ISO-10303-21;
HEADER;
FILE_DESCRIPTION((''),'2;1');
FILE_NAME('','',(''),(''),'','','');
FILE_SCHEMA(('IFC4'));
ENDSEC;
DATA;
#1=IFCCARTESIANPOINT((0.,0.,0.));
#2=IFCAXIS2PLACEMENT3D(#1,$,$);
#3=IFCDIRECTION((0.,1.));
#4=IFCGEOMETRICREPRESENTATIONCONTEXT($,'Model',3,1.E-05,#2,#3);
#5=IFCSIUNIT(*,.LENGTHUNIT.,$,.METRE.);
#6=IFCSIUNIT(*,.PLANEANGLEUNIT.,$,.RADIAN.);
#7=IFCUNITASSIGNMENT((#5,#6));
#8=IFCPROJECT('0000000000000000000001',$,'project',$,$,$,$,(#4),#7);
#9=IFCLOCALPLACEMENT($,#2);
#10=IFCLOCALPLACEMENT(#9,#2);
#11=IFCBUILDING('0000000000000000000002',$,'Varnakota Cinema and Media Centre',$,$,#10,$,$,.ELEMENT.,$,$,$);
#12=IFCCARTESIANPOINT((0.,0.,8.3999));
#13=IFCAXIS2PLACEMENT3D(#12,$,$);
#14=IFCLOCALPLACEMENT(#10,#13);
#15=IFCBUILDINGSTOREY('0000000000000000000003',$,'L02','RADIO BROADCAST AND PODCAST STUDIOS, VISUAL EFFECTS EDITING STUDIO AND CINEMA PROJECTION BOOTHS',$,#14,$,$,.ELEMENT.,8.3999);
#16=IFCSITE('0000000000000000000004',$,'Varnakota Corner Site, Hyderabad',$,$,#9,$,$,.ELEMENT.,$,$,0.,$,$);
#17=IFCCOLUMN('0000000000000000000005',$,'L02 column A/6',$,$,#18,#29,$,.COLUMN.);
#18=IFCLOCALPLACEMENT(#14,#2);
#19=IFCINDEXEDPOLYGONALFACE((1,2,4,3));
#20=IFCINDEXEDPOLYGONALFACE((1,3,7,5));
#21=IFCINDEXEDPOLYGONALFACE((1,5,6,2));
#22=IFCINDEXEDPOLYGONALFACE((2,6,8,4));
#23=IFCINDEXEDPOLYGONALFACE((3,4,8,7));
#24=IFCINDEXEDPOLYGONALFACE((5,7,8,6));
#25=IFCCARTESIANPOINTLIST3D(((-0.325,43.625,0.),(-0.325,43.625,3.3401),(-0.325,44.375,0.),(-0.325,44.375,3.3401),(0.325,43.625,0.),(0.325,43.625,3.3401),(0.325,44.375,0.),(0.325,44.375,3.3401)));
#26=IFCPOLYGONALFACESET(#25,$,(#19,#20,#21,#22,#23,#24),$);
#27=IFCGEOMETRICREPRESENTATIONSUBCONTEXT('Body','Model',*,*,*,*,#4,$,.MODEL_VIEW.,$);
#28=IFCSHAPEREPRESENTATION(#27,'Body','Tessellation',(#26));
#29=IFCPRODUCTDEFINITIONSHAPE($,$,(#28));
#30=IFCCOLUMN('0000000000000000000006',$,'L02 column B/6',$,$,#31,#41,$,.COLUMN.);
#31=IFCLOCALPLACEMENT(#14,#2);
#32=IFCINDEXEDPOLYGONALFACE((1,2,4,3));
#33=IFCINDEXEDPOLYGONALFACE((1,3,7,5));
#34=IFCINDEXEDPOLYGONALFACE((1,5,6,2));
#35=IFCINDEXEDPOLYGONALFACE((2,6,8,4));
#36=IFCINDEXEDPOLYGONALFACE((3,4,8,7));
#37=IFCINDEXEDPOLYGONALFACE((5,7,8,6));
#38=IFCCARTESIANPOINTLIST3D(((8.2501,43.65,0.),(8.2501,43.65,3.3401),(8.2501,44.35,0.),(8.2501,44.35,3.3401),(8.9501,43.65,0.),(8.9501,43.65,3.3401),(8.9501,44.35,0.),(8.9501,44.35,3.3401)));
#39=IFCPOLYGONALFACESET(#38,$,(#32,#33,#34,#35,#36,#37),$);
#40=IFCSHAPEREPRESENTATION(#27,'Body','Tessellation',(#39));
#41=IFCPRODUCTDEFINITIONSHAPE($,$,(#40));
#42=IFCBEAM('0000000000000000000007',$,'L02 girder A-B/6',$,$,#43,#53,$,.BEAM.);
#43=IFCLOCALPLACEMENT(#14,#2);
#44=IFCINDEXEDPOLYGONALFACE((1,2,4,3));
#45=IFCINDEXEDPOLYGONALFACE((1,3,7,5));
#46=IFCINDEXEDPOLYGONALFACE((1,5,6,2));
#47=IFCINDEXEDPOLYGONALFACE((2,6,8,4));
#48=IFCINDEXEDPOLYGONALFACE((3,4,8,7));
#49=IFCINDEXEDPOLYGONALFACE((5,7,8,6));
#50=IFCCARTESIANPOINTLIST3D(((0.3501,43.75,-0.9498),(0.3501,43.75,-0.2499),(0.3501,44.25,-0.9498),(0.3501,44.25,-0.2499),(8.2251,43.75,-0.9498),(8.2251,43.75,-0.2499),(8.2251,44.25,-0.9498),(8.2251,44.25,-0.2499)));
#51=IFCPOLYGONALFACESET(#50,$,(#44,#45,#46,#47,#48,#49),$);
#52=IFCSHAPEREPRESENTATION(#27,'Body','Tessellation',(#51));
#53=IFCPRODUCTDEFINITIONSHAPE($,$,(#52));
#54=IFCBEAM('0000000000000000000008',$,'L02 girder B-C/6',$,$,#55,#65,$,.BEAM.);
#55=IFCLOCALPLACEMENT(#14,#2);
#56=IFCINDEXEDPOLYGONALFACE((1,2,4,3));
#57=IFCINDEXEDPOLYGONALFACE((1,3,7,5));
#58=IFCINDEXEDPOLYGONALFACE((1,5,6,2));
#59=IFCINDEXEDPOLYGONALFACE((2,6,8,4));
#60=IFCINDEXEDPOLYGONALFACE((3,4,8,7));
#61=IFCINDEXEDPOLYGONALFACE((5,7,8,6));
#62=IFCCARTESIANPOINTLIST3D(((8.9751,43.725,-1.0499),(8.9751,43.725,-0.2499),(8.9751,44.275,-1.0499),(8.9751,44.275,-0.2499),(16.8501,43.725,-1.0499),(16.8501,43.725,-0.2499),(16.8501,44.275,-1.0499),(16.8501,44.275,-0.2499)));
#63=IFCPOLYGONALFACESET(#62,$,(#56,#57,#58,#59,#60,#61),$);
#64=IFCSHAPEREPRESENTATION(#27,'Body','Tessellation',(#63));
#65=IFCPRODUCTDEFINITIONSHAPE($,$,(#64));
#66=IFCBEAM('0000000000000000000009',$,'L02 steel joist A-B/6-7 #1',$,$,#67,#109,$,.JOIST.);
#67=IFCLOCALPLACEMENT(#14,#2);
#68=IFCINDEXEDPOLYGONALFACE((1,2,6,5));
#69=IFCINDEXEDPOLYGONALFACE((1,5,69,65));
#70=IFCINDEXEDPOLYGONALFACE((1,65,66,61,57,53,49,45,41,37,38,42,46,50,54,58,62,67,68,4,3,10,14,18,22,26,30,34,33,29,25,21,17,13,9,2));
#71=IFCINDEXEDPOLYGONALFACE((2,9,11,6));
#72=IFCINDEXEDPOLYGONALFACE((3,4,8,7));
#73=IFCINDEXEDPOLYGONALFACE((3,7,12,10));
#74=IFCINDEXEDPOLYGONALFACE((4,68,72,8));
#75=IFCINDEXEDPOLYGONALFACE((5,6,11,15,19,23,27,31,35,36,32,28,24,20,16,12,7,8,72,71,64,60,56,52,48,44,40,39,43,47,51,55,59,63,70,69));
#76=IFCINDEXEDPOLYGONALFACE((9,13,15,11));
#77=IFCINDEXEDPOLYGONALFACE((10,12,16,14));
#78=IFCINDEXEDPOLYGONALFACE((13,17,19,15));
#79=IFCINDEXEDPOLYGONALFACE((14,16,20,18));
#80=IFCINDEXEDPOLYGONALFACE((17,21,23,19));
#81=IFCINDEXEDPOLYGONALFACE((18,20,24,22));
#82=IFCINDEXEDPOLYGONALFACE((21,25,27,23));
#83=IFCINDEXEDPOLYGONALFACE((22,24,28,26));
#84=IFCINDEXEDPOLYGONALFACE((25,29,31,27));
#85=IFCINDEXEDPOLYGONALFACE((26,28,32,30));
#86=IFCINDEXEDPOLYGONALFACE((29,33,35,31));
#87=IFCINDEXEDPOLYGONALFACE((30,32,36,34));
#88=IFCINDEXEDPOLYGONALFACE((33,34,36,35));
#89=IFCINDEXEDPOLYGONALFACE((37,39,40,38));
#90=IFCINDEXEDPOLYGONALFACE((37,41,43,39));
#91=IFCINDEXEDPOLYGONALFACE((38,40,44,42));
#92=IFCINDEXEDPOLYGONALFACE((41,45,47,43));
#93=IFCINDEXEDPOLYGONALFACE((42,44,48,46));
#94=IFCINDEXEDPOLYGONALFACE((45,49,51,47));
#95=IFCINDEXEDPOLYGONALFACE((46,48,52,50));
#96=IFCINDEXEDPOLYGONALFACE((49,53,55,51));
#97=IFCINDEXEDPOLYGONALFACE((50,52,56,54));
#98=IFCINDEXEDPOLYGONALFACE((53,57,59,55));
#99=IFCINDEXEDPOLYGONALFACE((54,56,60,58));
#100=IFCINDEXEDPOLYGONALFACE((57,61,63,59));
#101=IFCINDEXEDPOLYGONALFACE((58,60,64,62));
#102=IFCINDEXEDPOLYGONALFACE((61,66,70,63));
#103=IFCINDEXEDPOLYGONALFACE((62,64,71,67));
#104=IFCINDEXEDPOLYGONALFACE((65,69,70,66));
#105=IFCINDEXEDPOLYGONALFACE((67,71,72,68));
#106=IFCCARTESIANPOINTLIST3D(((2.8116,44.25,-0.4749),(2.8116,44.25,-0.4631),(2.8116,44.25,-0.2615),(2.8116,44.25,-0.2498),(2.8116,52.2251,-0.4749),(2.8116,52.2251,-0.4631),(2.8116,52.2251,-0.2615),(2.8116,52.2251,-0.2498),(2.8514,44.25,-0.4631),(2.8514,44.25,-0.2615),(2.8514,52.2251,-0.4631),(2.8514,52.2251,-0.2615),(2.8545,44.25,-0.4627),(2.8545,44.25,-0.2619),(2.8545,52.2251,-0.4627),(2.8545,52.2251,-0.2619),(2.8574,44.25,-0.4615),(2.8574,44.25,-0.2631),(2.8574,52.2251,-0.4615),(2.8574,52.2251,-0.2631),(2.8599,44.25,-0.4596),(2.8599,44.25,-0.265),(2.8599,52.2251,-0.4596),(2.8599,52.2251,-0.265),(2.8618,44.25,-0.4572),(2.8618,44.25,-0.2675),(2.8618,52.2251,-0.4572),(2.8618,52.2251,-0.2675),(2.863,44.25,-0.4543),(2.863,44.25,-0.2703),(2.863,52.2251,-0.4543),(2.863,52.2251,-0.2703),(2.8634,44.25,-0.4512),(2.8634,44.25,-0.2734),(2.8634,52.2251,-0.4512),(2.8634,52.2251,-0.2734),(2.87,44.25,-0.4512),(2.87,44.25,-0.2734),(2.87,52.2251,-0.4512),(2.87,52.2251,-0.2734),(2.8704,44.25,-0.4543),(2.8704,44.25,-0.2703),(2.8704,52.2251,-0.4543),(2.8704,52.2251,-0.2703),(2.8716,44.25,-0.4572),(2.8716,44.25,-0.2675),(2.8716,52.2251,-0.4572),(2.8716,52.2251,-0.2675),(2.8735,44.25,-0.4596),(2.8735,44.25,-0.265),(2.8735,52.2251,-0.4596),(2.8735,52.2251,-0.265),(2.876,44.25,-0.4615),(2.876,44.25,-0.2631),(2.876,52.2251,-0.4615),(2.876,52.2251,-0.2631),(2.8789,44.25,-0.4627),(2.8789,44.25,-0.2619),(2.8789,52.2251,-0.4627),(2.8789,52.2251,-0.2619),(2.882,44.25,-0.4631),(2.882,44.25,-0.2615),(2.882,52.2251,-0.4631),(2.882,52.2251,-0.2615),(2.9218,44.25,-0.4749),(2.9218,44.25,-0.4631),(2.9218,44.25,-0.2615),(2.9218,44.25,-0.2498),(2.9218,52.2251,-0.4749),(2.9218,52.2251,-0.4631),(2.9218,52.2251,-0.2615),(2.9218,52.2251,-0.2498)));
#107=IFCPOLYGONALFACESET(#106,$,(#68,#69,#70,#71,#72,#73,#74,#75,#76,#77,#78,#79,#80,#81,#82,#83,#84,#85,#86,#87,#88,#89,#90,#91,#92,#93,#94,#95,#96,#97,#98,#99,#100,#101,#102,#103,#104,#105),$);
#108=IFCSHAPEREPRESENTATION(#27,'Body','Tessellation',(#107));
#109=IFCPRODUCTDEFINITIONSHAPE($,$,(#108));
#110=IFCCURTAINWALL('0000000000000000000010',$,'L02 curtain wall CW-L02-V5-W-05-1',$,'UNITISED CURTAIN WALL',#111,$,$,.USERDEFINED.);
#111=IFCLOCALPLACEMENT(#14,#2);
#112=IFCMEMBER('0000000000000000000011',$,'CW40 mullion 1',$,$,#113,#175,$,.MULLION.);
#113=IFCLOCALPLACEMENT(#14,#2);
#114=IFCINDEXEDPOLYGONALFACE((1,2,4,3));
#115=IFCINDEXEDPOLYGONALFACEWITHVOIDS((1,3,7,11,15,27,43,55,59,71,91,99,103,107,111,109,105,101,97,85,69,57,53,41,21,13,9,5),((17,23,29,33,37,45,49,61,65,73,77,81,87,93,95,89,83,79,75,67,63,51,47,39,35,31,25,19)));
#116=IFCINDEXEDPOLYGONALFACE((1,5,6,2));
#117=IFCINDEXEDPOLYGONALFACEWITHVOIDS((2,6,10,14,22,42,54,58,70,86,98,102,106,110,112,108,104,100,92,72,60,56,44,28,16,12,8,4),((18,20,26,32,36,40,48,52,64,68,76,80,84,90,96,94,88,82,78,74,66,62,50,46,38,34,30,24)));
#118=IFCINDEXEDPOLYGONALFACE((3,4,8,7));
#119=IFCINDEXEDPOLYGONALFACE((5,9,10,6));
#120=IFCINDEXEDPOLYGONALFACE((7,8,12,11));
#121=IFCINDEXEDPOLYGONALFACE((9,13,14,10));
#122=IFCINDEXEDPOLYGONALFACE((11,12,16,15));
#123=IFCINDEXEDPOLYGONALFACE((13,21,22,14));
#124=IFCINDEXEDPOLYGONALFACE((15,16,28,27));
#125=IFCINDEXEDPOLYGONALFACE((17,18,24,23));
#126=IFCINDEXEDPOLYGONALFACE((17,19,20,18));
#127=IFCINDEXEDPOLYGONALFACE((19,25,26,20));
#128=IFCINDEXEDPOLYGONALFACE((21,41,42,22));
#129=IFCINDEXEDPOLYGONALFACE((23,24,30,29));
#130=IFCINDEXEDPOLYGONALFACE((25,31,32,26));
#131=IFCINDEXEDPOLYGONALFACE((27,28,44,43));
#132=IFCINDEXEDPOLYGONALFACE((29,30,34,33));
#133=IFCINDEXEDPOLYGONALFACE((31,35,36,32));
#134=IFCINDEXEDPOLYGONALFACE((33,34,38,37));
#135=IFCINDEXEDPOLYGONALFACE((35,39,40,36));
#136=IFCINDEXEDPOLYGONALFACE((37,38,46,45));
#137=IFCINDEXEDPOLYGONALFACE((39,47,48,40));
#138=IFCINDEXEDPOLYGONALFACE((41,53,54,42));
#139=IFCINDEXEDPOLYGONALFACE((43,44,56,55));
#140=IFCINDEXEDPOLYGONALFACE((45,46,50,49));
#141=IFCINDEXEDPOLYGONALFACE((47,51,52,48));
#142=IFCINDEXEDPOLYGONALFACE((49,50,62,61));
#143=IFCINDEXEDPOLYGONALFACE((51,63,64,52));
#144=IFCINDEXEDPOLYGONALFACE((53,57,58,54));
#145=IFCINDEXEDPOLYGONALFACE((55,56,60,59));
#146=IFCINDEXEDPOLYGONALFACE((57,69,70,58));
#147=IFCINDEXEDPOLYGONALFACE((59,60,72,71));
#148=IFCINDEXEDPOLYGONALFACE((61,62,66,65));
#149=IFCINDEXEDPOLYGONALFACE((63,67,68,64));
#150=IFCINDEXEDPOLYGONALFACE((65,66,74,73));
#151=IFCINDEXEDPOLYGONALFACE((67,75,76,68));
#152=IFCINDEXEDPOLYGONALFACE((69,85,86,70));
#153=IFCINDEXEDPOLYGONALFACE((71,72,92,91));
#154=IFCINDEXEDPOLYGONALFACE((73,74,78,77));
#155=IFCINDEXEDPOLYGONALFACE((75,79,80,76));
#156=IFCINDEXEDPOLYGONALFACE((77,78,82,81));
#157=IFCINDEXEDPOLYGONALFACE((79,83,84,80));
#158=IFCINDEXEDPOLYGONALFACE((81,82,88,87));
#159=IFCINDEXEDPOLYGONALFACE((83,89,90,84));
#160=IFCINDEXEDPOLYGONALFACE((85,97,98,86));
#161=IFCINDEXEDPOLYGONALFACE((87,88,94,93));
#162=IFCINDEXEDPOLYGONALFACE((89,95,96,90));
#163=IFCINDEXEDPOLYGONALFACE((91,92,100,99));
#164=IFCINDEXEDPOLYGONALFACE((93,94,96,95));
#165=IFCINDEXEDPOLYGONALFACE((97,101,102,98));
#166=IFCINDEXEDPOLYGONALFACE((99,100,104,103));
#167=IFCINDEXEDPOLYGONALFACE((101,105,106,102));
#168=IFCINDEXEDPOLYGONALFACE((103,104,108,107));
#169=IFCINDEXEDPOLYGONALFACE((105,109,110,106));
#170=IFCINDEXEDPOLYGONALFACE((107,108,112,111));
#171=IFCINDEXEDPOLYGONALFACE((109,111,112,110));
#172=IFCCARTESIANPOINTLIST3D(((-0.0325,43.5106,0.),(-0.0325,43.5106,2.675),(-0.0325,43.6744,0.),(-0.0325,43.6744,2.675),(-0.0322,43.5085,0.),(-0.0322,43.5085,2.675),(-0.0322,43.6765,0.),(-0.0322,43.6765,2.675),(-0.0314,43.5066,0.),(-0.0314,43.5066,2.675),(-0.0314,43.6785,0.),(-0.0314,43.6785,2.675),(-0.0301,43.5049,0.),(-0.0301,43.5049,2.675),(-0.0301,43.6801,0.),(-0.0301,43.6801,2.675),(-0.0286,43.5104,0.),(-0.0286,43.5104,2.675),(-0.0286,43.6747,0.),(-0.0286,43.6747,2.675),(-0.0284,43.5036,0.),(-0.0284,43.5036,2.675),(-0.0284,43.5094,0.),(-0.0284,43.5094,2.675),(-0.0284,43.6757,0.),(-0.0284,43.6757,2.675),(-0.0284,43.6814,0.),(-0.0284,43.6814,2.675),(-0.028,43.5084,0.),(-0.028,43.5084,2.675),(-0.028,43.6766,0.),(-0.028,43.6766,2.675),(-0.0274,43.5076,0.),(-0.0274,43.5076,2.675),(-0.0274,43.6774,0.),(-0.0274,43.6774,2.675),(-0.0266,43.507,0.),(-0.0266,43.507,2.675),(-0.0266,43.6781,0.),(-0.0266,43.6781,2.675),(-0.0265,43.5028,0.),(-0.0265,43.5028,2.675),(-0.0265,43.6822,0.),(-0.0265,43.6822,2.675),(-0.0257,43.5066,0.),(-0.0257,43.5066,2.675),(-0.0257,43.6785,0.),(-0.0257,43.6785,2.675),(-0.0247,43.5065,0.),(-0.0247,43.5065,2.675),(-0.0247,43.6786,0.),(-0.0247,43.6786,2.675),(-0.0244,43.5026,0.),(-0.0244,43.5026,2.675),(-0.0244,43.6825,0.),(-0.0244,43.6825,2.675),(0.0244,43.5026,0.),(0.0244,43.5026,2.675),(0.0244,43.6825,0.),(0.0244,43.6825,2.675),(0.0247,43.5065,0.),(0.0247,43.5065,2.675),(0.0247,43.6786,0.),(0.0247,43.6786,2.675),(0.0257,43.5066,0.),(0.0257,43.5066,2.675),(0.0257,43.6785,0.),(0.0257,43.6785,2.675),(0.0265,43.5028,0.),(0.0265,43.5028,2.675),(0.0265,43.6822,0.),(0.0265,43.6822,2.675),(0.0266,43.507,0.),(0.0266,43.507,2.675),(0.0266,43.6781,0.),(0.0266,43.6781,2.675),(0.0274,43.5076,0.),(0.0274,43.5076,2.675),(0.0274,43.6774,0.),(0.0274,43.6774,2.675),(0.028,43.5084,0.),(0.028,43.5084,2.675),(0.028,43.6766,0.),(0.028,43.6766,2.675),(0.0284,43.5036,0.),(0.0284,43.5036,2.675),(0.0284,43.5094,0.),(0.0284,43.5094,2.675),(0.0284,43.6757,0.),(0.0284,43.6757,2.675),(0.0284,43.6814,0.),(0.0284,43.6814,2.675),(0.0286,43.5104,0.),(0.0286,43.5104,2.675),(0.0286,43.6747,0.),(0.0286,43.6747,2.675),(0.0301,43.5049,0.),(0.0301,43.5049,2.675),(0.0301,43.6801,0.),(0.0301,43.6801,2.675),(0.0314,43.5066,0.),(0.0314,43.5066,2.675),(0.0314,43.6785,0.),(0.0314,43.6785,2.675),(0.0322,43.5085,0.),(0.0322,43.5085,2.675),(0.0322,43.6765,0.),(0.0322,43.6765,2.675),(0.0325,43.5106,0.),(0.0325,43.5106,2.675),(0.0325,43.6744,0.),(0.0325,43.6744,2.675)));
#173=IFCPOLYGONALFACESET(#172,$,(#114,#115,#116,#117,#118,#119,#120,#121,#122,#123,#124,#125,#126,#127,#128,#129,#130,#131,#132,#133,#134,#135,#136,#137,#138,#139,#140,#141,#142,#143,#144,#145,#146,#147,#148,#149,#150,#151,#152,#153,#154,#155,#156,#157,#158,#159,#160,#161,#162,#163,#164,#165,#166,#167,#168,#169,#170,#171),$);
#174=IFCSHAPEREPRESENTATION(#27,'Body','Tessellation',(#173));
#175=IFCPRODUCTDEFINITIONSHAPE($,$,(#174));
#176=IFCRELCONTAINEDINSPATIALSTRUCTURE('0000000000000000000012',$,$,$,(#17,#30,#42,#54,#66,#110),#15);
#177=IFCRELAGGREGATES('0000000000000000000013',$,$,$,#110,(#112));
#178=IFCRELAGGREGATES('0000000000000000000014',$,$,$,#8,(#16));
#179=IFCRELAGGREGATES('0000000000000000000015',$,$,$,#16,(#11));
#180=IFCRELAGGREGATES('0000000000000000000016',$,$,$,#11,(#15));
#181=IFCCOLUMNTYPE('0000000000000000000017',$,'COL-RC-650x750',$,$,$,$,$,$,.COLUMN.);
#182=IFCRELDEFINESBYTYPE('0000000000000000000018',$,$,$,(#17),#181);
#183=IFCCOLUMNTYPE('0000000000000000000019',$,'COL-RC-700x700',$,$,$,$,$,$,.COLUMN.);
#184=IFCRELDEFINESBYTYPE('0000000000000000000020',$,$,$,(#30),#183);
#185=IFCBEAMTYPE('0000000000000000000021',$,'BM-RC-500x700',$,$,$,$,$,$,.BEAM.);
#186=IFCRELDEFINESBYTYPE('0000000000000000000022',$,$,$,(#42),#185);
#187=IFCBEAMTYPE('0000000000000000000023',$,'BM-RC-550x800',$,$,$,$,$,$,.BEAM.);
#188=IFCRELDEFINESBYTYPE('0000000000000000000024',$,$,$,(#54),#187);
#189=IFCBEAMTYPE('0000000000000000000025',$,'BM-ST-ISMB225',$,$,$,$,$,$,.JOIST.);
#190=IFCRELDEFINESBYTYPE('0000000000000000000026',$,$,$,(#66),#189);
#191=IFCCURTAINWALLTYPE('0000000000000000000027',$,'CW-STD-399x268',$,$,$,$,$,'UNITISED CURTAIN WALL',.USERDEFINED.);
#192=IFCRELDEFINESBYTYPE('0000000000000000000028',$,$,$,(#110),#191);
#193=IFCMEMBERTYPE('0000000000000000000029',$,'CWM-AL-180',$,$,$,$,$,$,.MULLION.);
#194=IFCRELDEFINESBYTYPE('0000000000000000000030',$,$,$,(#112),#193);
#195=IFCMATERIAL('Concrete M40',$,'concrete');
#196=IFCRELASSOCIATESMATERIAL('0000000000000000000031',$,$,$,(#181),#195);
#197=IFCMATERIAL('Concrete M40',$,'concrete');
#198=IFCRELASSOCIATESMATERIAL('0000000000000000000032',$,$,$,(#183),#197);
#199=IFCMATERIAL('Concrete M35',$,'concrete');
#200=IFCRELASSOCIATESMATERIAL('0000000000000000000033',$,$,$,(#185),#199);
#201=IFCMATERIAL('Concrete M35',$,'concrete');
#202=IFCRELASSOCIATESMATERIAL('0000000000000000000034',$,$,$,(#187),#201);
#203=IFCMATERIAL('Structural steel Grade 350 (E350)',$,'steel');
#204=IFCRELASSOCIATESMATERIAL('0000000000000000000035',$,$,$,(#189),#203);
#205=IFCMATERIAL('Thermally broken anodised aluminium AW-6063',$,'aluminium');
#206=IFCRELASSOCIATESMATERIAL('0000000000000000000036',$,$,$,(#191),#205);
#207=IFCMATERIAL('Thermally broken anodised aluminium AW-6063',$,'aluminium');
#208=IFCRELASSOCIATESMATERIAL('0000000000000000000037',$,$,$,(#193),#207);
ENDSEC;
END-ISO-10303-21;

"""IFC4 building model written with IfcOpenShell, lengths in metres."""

from ifc_helpers import new_model, si_unit, direction, frame, origin, origin_2d, place, context, subcontext, project, spatial, rectangle, hollow_rectangle, i_section, extrude, material, material_profile, profile_set, type_object, element, aggregate, save


model = new_model("IFC4")

# Units and contexts
model_context = context("Model", 3, precision=1e-05, world=origin(), true_north=direction((0.0, 1.0)))
body_context = subcontext(model_context, "Body", "Model", "MODEL_VIEW")
ifc_project = project(units=[si_unit("LENGTHUNIT", "METRE"), si_unit("PLANEANGLEUNIT", "RADIAN")], contexts=[model_context])

# Site, building, storey
site_placement = place(None, origin())
site = spatial("IfcSite", under=ifc_project, at=site_placement, Name="Varnakota Corner Site, Hyderabad", CompositionType="ELEMENT", RefElevation=0.0)
building_placement = place(site_placement, origin())
building = spatial("IfcBuilding", under=site, at=building_placement, Name="Varnakota Cinema and Media Centre", CompositionType="ELEMENT")
storey_placement = place(building_placement, frame((0.0, 0.0, 8.3999)))
storey = spatial("IfcBuildingStorey", under=building, at=storey_placement, Name="L02", Description="RADIO BROADCAST AND PODCAST STUDIOS, VISUAL EFFECTS EDITING STUDIO AND CINEMA PROJECTION BOOTHS", CompositionType="ELEMENT", Elevation=8.3999)

# Columns
ifc_material_1 = material(Name="Concrete M40", Category="concrete")
ifc_material_profile_1 = material_profile(ifc_material_1, rectangle(XDim=0.6499, YDim=0.75, at=origin_2d()), Name="RC 650x750")
ifc_profile_set_1 = profile_set([ifc_material_profile_1], Name="Concrete M40")
column_type_1 = type_object("IfcColumnType", Name="COL-RC-650x750", PredefinedType="COLUMN", material=ifc_profile_set_1)
column_1_placement = place(storey_placement, frame((0.0, 44.0, 0.0), z_axis=(0.0, 0.0, 1.0), x_axis=(1.0, 0.0, 0.0)))
element("IfcColumn", 1, at=column_1_placement, inside=storey, type_object=column_type_1, Name="L02 column A/6", PredefinedType="COLUMN", context=body_context, shape_type="SweptSolid", body=[
    extrude(rectangle(XDim=0.6499, YDim=0.75, at=origin_2d()), origin(), (0.0, 0.0, 1.0), 3.3401),
])
ifc_material_2 = material(Name="Concrete M40", Category="concrete")
ifc_material_profile_2 = material_profile(ifc_material_2, rectangle(XDim=0.7, YDim=0.7, at=origin_2d()), Name="RC 700x700")
ifc_profile_set_2 = profile_set([ifc_material_profile_2], Name="Concrete M40")
column_type_2 = type_object("IfcColumnType", Name="COL-RC-700x700", PredefinedType="COLUMN", material=ifc_profile_set_2)
column_2_placement = place(storey_placement, frame((8.6001, 44.0, 0.0), z_axis=(0.0, 0.0, 1.0), x_axis=(1.0, 0.0, 0.0)))
element("IfcColumn", 2, at=column_2_placement, inside=storey, type_object=column_type_2, Name="L02 column B/6", PredefinedType="COLUMN", context=body_context, shape_type="SweptSolid", body=[
    extrude(rectangle(XDim=0.7, YDim=0.7, at=origin_2d()), origin(), (0.0, 0.0, 1.0), 3.3401),
])

# Beams
ifc_material_3 = material(Name="Concrete M35", Category="concrete")
ifc_material_profile_3 = material_profile(ifc_material_3, rectangle(XDim=0.5, YDim=0.7, at=origin_2d()), Name="RCB 500x700")
ifc_profile_set_3 = profile_set([ifc_material_profile_3], Name="Concrete M35")
beam_type_1 = type_object("IfcBeamType", Name="BM-RC-500x700", PredefinedType="BEAM", material=ifc_profile_set_3)
beam_1_placement = place(storey_placement, frame((0.3501, 44.0, -0.5999), z_axis=(1.0, 0.0, 0.0), x_axis=(0.0, 1.0, 0.0)))
element("IfcBeam", 3, at=beam_1_placement, inside=storey, type_object=beam_type_1, Name="L02 girder A-B/6", PredefinedType="BEAM", context=body_context, shape_type="SweptSolid", body=[
    extrude(rectangle(XDim=0.5, YDim=0.7, at=origin_2d()), origin(), (0.0, 0.0, 1.0), 7.875),
])
ifc_material_4 = material(Name="Concrete M35", Category="concrete")
ifc_material_profile_4 = material_profile(ifc_material_4, rectangle(XDim=0.55, YDim=0.8, at=origin_2d()), Name="RCB 550x800")
ifc_profile_set_4 = profile_set([ifc_material_profile_4], Name="Concrete M35")
beam_type_2 = type_object("IfcBeamType", Name="BM-RC-550x800", PredefinedType="BEAM", material=ifc_profile_set_4)
beam_2_placement = place(storey_placement, frame((8.9751, 44.0, -0.6499), z_axis=(1.0, 0.0, 0.0), x_axis=(0.0, 1.0, 0.0)))
element("IfcBeam", 4, at=beam_2_placement, inside=storey, type_object=beam_type_2, Name="L02 girder B-C/6", PredefinedType="BEAM", context=body_context, shape_type="SweptSolid", body=[
    extrude(rectangle(XDim=0.55, YDim=0.8, at=origin_2d()), origin(), (0.0, 0.0, 1.0), 7.875),
])
ifc_material_5 = material(Name="Structural steel Grade 350 (E350)", Category="steel")
ifc_material_profile_5 = material_profile(ifc_material_5, i_section(OverallWidth=0.1101, OverallDepth=0.2251, WebThickness=0.0066, FlangeThickness=0.0117, FilletRadius=0.012, at=origin_2d()), Name="ISMB 225")
ifc_profile_set_5 = profile_set([ifc_material_profile_5], Name="Structural steel Grade 350 (E350)")
beam_type_3 = type_object("IfcBeamType", Name="BM-ST-ISMB225", PredefinedType="JOIST", material=ifc_profile_set_5)
beam_3_placement = place(storey_placement, frame((2.8667, 44.25, -0.3623), z_axis=(0.0, 1.0, 0.0), x_axis=(-1.0, 0.0, 0.0)))
element("IfcBeam", 5, at=beam_3_placement, inside=storey, type_object=beam_type_3, Name="L02 steel joist A-B/6-7 #1", PredefinedType="JOIST", context=body_context, shape_type="SweptSolid", body=[
    extrude(i_section(OverallWidth=0.1101, OverallDepth=0.2251, WebThickness=0.0066, FlangeThickness=0.0117, FilletRadius=0.012, at=origin_2d()), origin(), (0.0, 0.0, 1.0), 7.9751),
])

# Curtain wall, member
ifc_material_6 = material(Name="Thermally broken anodised aluminium AW-6063", Category="aluminium")
curtain_wall_type = type_object("IfcCurtainWallType", Name="CW-STD-399x268", ElementType="UNITISED CURTAIN WALL", PredefinedType="USERDEFINED", material=ifc_material_6)
curtain_wall_placement = place(storey_placement, origin())
curtain_wall = element("IfcCurtainWall", 6, at=curtain_wall_placement, inside=storey, type_object=curtain_wall_type, Name="L02 curtain wall CW-L02-V5-W-05-1", ObjectType="UNITISED CURTAIN WALL", PredefinedType="USERDEFINED")
ifc_material_7 = material(Name="Thermally broken anodised aluminium AW-6063", Category="aluminium")
ifc_material_profile_6 = material_profile(ifc_material_7, hollow_rectangle(XDim=0.0649, YDim=0.1799, WallThickness=0.0039, InnerFilletRadius=0.0039, OuterFilletRadius=0.0081, at=origin_2d()), Name="AL-MULLION 180x65x4")
ifc_profile_set_6 = profile_set([ifc_material_profile_6], Name="Thermally broken anodised aluminium AW-6063")
member_type_1 = type_object("IfcMemberType", Name="CWM-AL-180", PredefinedType="MULLION", material=ifc_profile_set_6)
member_1_placement = place(storey_placement, frame((0.0, 43.5925, 0.0), z_axis=(0.0, 0.0, 1.0), x_axis=(1.0, 0.0, 0.0)))
member_1 = element("IfcMember", 7, at=member_1_placement, type_object=member_type_1, Name="CW40 mullion 1", PredefinedType="MULLION", context=body_context, shape_type="SweptSolid", body=[
    extrude(hollow_rectangle(XDim=0.0649, YDim=0.1799, WallThickness=0.0039, InnerFilletRadius=0.0039, OuterFilletRadius=0.0081, at=origin_2d()), origin(), (0.0, 0.0, 1.0), 2.675),
])
aggregate(curtain_wall, [member_1])

save(model, "model.ifc")
